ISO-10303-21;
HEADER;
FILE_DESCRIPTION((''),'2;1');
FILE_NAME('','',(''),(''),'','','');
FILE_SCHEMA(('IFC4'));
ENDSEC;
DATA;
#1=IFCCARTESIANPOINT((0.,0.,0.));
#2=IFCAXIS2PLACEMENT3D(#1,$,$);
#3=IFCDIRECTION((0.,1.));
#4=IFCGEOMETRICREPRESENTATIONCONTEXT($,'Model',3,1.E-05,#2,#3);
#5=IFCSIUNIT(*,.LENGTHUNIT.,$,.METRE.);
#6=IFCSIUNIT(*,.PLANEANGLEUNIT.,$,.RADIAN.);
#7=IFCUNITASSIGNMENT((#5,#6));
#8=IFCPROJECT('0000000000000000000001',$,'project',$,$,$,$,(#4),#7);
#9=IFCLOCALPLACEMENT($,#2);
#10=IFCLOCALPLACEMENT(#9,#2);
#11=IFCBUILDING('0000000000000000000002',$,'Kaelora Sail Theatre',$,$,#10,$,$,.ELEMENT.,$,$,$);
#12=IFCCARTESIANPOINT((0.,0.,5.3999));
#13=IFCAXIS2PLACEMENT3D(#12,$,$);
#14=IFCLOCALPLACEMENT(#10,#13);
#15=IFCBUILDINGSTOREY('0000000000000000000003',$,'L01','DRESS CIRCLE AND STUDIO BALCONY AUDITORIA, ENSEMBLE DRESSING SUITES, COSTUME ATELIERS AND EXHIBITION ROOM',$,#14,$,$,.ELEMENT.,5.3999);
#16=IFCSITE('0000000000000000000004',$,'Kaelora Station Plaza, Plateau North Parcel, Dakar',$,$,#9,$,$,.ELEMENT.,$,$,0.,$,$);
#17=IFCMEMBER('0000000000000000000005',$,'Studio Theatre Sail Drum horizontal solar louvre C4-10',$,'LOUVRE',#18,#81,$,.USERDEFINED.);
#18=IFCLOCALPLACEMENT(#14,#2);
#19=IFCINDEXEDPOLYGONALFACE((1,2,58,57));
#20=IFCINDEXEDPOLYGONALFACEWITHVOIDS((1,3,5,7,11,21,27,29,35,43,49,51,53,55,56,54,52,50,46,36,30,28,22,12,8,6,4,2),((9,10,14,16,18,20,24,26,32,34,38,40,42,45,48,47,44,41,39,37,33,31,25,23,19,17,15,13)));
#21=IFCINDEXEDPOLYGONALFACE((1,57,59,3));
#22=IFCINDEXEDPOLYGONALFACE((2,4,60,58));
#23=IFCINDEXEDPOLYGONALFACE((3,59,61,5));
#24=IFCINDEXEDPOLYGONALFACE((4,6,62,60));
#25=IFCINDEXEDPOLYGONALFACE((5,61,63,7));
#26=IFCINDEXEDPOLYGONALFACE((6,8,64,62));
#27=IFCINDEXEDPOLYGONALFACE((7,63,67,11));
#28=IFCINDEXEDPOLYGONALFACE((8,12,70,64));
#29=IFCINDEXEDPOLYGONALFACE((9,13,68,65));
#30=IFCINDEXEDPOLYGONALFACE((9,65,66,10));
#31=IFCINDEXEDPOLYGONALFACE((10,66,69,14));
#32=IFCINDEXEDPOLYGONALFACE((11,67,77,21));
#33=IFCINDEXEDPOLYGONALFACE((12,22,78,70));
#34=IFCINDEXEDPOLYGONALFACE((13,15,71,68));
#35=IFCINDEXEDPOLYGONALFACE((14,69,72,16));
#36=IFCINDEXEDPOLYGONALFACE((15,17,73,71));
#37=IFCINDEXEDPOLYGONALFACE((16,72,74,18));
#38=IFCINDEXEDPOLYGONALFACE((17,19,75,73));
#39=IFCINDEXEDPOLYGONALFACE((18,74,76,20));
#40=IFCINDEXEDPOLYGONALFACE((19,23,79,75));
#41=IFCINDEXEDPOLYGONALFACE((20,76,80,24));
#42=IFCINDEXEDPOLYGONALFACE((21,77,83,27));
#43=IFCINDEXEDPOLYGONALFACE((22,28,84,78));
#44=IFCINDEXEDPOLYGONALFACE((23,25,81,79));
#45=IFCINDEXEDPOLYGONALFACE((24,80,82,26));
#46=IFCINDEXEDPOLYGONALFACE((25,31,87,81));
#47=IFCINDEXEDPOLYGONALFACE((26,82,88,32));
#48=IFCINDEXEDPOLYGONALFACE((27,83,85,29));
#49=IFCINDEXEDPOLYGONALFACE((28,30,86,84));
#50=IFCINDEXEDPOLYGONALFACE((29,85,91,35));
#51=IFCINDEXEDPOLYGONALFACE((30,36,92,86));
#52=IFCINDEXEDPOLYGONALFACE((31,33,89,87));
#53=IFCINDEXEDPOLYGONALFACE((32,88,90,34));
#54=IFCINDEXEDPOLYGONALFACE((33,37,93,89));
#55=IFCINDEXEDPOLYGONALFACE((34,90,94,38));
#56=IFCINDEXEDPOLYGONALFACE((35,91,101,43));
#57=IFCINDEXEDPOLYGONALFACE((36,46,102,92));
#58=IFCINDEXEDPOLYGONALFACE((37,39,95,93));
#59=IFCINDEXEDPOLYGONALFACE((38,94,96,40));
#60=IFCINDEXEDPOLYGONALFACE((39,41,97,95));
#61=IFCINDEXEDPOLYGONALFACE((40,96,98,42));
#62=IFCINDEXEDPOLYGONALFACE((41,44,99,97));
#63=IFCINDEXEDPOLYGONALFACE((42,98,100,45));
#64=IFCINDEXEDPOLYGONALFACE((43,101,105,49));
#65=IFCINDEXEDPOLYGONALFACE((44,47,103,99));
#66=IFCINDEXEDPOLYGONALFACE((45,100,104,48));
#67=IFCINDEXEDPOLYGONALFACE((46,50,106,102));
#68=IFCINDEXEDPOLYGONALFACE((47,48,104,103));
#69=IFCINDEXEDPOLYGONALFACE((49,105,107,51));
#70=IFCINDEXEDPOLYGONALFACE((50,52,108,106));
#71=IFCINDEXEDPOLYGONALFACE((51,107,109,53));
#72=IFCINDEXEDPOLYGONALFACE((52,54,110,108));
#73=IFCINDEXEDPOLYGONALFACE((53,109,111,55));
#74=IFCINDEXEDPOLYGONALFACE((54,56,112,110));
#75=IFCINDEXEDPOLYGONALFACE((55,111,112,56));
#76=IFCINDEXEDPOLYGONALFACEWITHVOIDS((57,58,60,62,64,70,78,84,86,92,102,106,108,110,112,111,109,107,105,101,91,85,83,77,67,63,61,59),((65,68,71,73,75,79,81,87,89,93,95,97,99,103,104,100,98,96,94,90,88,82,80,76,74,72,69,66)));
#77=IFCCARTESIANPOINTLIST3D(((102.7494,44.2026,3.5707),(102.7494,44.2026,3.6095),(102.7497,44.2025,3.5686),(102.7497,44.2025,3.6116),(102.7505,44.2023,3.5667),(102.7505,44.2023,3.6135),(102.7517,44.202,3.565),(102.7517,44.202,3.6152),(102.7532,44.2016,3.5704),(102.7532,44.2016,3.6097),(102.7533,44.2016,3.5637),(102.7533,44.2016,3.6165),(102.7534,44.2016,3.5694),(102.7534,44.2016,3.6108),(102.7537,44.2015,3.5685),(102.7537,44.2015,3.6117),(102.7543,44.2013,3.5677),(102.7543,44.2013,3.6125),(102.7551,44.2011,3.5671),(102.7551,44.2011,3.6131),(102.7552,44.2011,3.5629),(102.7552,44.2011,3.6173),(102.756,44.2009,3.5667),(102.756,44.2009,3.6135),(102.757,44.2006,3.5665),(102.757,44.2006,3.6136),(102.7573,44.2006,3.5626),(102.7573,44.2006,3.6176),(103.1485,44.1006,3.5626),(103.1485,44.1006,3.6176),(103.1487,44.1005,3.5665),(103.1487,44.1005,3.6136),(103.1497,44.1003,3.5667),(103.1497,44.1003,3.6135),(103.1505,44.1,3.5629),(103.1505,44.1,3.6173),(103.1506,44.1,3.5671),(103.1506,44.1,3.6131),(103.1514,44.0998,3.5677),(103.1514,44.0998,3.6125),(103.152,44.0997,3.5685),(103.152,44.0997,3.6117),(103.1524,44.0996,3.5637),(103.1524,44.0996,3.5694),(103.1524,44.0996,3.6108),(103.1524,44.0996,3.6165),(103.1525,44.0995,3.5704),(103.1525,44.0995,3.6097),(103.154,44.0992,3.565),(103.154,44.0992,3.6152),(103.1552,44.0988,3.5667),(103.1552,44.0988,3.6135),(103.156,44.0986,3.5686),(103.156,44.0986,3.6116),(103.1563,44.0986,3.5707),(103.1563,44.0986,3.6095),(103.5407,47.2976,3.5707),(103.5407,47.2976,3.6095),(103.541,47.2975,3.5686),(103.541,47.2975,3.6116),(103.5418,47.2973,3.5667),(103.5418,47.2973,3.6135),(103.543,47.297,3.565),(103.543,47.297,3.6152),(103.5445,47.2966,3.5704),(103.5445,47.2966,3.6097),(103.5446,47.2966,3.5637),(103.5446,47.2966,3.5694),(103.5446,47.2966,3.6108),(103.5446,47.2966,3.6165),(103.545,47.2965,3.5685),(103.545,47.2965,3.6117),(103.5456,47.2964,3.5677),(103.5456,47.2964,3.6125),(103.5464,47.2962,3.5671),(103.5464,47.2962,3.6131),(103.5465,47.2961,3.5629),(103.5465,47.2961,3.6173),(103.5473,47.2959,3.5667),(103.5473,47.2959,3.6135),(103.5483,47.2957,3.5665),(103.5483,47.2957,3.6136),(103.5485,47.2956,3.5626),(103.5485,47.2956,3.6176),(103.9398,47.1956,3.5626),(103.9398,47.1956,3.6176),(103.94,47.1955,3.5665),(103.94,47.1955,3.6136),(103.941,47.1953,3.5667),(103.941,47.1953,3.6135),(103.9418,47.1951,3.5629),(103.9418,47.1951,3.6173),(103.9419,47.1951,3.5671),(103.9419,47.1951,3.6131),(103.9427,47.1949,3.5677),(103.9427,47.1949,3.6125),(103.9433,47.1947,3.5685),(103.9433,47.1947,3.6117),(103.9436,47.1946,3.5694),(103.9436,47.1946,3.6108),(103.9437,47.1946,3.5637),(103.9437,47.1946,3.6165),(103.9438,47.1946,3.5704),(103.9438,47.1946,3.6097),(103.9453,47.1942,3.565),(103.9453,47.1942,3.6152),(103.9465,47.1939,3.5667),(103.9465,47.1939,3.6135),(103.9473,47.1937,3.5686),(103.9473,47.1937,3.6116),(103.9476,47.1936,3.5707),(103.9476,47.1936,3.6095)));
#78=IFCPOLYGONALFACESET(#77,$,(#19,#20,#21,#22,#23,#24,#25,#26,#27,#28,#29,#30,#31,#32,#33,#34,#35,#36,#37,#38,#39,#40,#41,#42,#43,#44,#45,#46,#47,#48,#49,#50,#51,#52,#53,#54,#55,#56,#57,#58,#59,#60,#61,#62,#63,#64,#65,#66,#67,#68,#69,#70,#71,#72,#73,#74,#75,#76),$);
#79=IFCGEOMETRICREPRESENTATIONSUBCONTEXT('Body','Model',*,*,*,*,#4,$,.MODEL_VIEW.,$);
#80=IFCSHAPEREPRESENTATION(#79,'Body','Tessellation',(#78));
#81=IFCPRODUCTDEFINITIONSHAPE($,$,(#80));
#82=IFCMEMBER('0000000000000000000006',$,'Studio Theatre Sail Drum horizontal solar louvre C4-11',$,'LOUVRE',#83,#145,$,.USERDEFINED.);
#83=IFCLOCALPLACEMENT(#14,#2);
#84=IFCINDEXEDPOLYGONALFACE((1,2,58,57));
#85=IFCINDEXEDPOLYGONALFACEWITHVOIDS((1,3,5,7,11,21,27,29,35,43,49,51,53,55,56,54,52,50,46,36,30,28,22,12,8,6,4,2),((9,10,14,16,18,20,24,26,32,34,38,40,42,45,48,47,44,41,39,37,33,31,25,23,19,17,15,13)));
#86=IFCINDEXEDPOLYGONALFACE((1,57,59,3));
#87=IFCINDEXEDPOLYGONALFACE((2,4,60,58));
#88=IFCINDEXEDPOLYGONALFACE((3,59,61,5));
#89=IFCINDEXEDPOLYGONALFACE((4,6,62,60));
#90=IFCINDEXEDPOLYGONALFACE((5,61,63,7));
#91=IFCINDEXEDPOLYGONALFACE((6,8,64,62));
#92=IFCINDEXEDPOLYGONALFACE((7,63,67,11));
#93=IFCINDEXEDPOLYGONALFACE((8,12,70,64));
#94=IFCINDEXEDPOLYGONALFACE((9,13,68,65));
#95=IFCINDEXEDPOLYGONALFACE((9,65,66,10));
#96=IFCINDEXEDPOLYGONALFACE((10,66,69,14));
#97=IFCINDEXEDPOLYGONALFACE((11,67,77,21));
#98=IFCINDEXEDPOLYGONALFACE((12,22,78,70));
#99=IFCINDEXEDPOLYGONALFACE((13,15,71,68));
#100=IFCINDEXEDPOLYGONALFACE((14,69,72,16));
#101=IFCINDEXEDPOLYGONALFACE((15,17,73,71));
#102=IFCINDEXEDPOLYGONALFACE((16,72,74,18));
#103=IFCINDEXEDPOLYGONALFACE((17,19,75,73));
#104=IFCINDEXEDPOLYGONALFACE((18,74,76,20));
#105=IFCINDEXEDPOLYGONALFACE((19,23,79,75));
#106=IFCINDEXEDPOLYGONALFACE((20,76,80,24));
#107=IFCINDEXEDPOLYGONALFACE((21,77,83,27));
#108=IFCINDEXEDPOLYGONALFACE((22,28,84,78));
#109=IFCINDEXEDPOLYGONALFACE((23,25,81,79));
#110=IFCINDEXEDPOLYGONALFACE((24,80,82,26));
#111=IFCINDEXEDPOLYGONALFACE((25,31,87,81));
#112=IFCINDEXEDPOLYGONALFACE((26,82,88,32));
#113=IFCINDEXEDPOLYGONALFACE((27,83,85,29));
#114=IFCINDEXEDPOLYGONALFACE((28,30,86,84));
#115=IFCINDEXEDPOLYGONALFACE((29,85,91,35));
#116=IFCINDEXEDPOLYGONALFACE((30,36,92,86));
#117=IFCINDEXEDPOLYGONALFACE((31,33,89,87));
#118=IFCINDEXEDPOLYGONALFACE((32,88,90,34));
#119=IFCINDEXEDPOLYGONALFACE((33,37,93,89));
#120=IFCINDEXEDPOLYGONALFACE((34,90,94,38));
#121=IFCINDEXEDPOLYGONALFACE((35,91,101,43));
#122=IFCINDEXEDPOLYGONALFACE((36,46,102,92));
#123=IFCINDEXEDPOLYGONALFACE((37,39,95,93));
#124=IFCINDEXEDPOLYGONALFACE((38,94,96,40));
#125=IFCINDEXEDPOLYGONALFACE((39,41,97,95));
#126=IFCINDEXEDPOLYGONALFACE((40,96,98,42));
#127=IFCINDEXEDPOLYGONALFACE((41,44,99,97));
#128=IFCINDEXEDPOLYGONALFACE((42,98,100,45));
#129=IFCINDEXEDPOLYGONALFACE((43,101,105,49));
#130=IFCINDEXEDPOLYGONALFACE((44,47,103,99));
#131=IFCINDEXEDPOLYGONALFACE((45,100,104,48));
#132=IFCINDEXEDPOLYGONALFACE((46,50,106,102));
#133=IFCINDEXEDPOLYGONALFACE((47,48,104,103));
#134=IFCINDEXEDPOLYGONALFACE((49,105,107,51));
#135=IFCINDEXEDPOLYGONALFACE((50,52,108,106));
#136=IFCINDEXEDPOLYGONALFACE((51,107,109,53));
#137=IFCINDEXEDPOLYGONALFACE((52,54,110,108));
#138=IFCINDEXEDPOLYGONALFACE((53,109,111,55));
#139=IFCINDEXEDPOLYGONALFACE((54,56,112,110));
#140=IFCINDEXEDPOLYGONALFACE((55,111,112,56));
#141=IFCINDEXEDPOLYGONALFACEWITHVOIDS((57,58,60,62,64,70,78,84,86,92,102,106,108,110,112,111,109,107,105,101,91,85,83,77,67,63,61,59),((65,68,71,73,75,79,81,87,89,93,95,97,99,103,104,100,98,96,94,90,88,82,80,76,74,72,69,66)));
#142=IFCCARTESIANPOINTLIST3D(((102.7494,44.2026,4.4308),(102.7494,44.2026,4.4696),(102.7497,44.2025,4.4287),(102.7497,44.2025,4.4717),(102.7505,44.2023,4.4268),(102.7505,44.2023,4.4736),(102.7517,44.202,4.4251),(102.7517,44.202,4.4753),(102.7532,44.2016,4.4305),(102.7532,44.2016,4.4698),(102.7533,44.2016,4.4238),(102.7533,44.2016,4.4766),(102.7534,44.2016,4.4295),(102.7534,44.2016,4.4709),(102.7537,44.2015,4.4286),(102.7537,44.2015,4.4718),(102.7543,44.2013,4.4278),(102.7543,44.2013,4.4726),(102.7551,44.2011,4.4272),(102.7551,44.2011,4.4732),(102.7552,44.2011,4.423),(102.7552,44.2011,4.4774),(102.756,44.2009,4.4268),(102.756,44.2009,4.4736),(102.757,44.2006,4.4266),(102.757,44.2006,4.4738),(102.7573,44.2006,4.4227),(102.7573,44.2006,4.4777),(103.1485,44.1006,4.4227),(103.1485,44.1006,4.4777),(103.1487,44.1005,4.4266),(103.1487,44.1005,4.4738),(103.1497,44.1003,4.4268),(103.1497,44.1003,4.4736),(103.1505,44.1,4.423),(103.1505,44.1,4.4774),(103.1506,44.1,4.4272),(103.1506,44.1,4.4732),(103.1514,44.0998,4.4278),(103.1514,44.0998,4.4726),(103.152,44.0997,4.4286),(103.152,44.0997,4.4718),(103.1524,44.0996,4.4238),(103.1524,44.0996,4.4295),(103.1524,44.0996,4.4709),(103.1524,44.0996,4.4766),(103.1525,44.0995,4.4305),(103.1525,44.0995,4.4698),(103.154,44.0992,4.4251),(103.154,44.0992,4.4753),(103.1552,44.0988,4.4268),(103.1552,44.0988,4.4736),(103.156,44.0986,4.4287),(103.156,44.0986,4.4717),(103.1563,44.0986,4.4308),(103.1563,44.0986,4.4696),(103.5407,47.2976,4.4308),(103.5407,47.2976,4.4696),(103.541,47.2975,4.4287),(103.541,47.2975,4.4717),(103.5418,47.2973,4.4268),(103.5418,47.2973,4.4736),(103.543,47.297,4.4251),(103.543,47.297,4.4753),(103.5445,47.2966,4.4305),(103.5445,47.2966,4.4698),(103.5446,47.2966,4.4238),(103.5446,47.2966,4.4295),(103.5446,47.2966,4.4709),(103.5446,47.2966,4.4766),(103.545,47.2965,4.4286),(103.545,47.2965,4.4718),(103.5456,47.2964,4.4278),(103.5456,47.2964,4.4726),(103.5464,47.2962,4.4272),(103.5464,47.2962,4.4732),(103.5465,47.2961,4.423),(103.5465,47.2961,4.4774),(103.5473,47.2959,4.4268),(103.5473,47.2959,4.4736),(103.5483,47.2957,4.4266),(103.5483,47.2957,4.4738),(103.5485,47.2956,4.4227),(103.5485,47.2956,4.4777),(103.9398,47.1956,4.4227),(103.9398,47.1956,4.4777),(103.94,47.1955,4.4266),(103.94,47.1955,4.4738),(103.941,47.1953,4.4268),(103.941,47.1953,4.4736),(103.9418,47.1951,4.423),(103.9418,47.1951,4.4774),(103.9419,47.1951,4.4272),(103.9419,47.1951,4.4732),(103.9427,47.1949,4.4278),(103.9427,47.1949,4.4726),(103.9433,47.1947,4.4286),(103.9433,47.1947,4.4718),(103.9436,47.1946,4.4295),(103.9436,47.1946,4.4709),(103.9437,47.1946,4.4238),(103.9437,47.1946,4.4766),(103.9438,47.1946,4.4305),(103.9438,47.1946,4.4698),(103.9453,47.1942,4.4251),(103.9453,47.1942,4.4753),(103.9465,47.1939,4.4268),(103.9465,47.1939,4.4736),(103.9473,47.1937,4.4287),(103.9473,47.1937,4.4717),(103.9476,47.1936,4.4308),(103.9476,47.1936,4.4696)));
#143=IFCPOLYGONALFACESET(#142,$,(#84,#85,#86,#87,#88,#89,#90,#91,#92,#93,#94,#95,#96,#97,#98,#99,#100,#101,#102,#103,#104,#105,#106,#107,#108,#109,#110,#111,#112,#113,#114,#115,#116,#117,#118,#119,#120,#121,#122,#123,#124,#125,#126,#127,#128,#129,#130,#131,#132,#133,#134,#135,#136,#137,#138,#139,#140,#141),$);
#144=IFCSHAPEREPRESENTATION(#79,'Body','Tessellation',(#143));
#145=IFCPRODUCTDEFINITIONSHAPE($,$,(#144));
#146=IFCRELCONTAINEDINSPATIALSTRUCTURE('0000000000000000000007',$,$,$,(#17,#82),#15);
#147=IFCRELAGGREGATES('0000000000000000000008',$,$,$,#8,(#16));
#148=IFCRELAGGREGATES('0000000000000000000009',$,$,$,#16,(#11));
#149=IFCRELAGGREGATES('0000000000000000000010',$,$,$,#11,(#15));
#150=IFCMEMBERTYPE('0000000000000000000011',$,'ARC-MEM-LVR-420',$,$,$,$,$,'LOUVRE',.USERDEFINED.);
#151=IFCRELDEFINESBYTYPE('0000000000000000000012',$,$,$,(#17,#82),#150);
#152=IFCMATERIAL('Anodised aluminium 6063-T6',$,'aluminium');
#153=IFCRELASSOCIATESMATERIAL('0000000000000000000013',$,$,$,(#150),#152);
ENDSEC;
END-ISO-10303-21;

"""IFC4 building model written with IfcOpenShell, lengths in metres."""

from ifc_helpers import new_model, si_unit, direction, frame, origin, origin_2d, place, context, subcontext, project, spatial, hollow_rectangle, extrude, material, material_profile, profile_set, type_object, element, save


model = new_model("IFC4")

# Units and contexts
model_context = context("Model", 3, precision=1e-05, world=origin(), true_north=direction((0.0, 1.0)))
body_context = subcontext(model_context, "Body", "Model", "MODEL_VIEW")
ifc_project = project(units=[si_unit("LENGTHUNIT", "METRE"), si_unit("PLANEANGLEUNIT", "RADIAN")], contexts=[model_context])

# Site, building, storey
site_placement = place(None, origin())
site = spatial("IfcSite", under=ifc_project, at=site_placement, Name="Kaelora Station Plaza, Plateau North Parcel, Dakar", CompositionType="ELEMENT", RefElevation=0.0)
building_placement = place(site_placement, origin())
building = spatial("IfcBuilding", under=site, at=building_placement, Name="Kaelora Sail Theatre", CompositionType="ELEMENT")
storey_placement = place(building_placement, frame((0.0, 0.0, 5.3999)))
storey = spatial("IfcBuildingStorey", under=building, at=storey_placement, Name="L01", Description="DRESS CIRCLE AND STUDIO BALCONY AUDITORIA, ENSEMBLE DRESSING SUITES, COSTUME ATELIERS AND EXHIBITION ROOM", CompositionType="ELEMENT", Elevation=5.3999)

# Members
ifc_material_1 = material(Name="Anodised aluminium 6063-T6", Category="aluminium")
ifc_material_profile_1 = material_profile(ifc_material_1, hollow_rectangle(XDim=0.4199, YDim=0.0549, WallThickness=0.0039, InnerFilletRadius=0.0039, OuterFilletRadius=0.0081, at=origin_2d()), Name="LOUVRE 420x55x4")
ifc_profile_set_1 = profile_set([ifc_material_profile_1], Name="Anodised aluminium 6063-T6")
member_type = type_object("IfcMemberType", Name="ARC-MEM-LVR-420", ElementType="LOUVRE", PredefinedType="USERDEFINED", material=ifc_profile_set_1)
for number, where, z_axis, x_axis, name in (
    (1, (103.7441, 47.2456, 3.5901), (-0.247693, -0.968839, 0.0), (0.968839, -0.247693, 0.0), "Studio Theatre Sail Drum horizontal solar louvre C4-10"),
    (2, (103.7441, 47.2456, 4.4502), (-0.247693, -0.968839, 0.0), (0.968839, -0.247693, 0.0), "Studio Theatre Sail Drum horizontal solar louvre C4-11"),
):
    element("IfcMember", number, at=place(storey_placement, frame(where, z_axis=z_axis, x_axis=x_axis)), inside=storey, type_object=member_type, Name=name, ObjectType="LOUVRE", PredefinedType="USERDEFINED", context=body_context, shape_type="SweptSolid", body=[
        extrude(hollow_rectangle(XDim=0.4199, YDim=0.0549, WallThickness=0.0039, InnerFilletRadius=0.0039, OuterFilletRadius=0.0081, at=origin_2d()), origin(), (0.0, 0.0, 1.0), 3.1946),
    ])

save(model, "model.ifc")
